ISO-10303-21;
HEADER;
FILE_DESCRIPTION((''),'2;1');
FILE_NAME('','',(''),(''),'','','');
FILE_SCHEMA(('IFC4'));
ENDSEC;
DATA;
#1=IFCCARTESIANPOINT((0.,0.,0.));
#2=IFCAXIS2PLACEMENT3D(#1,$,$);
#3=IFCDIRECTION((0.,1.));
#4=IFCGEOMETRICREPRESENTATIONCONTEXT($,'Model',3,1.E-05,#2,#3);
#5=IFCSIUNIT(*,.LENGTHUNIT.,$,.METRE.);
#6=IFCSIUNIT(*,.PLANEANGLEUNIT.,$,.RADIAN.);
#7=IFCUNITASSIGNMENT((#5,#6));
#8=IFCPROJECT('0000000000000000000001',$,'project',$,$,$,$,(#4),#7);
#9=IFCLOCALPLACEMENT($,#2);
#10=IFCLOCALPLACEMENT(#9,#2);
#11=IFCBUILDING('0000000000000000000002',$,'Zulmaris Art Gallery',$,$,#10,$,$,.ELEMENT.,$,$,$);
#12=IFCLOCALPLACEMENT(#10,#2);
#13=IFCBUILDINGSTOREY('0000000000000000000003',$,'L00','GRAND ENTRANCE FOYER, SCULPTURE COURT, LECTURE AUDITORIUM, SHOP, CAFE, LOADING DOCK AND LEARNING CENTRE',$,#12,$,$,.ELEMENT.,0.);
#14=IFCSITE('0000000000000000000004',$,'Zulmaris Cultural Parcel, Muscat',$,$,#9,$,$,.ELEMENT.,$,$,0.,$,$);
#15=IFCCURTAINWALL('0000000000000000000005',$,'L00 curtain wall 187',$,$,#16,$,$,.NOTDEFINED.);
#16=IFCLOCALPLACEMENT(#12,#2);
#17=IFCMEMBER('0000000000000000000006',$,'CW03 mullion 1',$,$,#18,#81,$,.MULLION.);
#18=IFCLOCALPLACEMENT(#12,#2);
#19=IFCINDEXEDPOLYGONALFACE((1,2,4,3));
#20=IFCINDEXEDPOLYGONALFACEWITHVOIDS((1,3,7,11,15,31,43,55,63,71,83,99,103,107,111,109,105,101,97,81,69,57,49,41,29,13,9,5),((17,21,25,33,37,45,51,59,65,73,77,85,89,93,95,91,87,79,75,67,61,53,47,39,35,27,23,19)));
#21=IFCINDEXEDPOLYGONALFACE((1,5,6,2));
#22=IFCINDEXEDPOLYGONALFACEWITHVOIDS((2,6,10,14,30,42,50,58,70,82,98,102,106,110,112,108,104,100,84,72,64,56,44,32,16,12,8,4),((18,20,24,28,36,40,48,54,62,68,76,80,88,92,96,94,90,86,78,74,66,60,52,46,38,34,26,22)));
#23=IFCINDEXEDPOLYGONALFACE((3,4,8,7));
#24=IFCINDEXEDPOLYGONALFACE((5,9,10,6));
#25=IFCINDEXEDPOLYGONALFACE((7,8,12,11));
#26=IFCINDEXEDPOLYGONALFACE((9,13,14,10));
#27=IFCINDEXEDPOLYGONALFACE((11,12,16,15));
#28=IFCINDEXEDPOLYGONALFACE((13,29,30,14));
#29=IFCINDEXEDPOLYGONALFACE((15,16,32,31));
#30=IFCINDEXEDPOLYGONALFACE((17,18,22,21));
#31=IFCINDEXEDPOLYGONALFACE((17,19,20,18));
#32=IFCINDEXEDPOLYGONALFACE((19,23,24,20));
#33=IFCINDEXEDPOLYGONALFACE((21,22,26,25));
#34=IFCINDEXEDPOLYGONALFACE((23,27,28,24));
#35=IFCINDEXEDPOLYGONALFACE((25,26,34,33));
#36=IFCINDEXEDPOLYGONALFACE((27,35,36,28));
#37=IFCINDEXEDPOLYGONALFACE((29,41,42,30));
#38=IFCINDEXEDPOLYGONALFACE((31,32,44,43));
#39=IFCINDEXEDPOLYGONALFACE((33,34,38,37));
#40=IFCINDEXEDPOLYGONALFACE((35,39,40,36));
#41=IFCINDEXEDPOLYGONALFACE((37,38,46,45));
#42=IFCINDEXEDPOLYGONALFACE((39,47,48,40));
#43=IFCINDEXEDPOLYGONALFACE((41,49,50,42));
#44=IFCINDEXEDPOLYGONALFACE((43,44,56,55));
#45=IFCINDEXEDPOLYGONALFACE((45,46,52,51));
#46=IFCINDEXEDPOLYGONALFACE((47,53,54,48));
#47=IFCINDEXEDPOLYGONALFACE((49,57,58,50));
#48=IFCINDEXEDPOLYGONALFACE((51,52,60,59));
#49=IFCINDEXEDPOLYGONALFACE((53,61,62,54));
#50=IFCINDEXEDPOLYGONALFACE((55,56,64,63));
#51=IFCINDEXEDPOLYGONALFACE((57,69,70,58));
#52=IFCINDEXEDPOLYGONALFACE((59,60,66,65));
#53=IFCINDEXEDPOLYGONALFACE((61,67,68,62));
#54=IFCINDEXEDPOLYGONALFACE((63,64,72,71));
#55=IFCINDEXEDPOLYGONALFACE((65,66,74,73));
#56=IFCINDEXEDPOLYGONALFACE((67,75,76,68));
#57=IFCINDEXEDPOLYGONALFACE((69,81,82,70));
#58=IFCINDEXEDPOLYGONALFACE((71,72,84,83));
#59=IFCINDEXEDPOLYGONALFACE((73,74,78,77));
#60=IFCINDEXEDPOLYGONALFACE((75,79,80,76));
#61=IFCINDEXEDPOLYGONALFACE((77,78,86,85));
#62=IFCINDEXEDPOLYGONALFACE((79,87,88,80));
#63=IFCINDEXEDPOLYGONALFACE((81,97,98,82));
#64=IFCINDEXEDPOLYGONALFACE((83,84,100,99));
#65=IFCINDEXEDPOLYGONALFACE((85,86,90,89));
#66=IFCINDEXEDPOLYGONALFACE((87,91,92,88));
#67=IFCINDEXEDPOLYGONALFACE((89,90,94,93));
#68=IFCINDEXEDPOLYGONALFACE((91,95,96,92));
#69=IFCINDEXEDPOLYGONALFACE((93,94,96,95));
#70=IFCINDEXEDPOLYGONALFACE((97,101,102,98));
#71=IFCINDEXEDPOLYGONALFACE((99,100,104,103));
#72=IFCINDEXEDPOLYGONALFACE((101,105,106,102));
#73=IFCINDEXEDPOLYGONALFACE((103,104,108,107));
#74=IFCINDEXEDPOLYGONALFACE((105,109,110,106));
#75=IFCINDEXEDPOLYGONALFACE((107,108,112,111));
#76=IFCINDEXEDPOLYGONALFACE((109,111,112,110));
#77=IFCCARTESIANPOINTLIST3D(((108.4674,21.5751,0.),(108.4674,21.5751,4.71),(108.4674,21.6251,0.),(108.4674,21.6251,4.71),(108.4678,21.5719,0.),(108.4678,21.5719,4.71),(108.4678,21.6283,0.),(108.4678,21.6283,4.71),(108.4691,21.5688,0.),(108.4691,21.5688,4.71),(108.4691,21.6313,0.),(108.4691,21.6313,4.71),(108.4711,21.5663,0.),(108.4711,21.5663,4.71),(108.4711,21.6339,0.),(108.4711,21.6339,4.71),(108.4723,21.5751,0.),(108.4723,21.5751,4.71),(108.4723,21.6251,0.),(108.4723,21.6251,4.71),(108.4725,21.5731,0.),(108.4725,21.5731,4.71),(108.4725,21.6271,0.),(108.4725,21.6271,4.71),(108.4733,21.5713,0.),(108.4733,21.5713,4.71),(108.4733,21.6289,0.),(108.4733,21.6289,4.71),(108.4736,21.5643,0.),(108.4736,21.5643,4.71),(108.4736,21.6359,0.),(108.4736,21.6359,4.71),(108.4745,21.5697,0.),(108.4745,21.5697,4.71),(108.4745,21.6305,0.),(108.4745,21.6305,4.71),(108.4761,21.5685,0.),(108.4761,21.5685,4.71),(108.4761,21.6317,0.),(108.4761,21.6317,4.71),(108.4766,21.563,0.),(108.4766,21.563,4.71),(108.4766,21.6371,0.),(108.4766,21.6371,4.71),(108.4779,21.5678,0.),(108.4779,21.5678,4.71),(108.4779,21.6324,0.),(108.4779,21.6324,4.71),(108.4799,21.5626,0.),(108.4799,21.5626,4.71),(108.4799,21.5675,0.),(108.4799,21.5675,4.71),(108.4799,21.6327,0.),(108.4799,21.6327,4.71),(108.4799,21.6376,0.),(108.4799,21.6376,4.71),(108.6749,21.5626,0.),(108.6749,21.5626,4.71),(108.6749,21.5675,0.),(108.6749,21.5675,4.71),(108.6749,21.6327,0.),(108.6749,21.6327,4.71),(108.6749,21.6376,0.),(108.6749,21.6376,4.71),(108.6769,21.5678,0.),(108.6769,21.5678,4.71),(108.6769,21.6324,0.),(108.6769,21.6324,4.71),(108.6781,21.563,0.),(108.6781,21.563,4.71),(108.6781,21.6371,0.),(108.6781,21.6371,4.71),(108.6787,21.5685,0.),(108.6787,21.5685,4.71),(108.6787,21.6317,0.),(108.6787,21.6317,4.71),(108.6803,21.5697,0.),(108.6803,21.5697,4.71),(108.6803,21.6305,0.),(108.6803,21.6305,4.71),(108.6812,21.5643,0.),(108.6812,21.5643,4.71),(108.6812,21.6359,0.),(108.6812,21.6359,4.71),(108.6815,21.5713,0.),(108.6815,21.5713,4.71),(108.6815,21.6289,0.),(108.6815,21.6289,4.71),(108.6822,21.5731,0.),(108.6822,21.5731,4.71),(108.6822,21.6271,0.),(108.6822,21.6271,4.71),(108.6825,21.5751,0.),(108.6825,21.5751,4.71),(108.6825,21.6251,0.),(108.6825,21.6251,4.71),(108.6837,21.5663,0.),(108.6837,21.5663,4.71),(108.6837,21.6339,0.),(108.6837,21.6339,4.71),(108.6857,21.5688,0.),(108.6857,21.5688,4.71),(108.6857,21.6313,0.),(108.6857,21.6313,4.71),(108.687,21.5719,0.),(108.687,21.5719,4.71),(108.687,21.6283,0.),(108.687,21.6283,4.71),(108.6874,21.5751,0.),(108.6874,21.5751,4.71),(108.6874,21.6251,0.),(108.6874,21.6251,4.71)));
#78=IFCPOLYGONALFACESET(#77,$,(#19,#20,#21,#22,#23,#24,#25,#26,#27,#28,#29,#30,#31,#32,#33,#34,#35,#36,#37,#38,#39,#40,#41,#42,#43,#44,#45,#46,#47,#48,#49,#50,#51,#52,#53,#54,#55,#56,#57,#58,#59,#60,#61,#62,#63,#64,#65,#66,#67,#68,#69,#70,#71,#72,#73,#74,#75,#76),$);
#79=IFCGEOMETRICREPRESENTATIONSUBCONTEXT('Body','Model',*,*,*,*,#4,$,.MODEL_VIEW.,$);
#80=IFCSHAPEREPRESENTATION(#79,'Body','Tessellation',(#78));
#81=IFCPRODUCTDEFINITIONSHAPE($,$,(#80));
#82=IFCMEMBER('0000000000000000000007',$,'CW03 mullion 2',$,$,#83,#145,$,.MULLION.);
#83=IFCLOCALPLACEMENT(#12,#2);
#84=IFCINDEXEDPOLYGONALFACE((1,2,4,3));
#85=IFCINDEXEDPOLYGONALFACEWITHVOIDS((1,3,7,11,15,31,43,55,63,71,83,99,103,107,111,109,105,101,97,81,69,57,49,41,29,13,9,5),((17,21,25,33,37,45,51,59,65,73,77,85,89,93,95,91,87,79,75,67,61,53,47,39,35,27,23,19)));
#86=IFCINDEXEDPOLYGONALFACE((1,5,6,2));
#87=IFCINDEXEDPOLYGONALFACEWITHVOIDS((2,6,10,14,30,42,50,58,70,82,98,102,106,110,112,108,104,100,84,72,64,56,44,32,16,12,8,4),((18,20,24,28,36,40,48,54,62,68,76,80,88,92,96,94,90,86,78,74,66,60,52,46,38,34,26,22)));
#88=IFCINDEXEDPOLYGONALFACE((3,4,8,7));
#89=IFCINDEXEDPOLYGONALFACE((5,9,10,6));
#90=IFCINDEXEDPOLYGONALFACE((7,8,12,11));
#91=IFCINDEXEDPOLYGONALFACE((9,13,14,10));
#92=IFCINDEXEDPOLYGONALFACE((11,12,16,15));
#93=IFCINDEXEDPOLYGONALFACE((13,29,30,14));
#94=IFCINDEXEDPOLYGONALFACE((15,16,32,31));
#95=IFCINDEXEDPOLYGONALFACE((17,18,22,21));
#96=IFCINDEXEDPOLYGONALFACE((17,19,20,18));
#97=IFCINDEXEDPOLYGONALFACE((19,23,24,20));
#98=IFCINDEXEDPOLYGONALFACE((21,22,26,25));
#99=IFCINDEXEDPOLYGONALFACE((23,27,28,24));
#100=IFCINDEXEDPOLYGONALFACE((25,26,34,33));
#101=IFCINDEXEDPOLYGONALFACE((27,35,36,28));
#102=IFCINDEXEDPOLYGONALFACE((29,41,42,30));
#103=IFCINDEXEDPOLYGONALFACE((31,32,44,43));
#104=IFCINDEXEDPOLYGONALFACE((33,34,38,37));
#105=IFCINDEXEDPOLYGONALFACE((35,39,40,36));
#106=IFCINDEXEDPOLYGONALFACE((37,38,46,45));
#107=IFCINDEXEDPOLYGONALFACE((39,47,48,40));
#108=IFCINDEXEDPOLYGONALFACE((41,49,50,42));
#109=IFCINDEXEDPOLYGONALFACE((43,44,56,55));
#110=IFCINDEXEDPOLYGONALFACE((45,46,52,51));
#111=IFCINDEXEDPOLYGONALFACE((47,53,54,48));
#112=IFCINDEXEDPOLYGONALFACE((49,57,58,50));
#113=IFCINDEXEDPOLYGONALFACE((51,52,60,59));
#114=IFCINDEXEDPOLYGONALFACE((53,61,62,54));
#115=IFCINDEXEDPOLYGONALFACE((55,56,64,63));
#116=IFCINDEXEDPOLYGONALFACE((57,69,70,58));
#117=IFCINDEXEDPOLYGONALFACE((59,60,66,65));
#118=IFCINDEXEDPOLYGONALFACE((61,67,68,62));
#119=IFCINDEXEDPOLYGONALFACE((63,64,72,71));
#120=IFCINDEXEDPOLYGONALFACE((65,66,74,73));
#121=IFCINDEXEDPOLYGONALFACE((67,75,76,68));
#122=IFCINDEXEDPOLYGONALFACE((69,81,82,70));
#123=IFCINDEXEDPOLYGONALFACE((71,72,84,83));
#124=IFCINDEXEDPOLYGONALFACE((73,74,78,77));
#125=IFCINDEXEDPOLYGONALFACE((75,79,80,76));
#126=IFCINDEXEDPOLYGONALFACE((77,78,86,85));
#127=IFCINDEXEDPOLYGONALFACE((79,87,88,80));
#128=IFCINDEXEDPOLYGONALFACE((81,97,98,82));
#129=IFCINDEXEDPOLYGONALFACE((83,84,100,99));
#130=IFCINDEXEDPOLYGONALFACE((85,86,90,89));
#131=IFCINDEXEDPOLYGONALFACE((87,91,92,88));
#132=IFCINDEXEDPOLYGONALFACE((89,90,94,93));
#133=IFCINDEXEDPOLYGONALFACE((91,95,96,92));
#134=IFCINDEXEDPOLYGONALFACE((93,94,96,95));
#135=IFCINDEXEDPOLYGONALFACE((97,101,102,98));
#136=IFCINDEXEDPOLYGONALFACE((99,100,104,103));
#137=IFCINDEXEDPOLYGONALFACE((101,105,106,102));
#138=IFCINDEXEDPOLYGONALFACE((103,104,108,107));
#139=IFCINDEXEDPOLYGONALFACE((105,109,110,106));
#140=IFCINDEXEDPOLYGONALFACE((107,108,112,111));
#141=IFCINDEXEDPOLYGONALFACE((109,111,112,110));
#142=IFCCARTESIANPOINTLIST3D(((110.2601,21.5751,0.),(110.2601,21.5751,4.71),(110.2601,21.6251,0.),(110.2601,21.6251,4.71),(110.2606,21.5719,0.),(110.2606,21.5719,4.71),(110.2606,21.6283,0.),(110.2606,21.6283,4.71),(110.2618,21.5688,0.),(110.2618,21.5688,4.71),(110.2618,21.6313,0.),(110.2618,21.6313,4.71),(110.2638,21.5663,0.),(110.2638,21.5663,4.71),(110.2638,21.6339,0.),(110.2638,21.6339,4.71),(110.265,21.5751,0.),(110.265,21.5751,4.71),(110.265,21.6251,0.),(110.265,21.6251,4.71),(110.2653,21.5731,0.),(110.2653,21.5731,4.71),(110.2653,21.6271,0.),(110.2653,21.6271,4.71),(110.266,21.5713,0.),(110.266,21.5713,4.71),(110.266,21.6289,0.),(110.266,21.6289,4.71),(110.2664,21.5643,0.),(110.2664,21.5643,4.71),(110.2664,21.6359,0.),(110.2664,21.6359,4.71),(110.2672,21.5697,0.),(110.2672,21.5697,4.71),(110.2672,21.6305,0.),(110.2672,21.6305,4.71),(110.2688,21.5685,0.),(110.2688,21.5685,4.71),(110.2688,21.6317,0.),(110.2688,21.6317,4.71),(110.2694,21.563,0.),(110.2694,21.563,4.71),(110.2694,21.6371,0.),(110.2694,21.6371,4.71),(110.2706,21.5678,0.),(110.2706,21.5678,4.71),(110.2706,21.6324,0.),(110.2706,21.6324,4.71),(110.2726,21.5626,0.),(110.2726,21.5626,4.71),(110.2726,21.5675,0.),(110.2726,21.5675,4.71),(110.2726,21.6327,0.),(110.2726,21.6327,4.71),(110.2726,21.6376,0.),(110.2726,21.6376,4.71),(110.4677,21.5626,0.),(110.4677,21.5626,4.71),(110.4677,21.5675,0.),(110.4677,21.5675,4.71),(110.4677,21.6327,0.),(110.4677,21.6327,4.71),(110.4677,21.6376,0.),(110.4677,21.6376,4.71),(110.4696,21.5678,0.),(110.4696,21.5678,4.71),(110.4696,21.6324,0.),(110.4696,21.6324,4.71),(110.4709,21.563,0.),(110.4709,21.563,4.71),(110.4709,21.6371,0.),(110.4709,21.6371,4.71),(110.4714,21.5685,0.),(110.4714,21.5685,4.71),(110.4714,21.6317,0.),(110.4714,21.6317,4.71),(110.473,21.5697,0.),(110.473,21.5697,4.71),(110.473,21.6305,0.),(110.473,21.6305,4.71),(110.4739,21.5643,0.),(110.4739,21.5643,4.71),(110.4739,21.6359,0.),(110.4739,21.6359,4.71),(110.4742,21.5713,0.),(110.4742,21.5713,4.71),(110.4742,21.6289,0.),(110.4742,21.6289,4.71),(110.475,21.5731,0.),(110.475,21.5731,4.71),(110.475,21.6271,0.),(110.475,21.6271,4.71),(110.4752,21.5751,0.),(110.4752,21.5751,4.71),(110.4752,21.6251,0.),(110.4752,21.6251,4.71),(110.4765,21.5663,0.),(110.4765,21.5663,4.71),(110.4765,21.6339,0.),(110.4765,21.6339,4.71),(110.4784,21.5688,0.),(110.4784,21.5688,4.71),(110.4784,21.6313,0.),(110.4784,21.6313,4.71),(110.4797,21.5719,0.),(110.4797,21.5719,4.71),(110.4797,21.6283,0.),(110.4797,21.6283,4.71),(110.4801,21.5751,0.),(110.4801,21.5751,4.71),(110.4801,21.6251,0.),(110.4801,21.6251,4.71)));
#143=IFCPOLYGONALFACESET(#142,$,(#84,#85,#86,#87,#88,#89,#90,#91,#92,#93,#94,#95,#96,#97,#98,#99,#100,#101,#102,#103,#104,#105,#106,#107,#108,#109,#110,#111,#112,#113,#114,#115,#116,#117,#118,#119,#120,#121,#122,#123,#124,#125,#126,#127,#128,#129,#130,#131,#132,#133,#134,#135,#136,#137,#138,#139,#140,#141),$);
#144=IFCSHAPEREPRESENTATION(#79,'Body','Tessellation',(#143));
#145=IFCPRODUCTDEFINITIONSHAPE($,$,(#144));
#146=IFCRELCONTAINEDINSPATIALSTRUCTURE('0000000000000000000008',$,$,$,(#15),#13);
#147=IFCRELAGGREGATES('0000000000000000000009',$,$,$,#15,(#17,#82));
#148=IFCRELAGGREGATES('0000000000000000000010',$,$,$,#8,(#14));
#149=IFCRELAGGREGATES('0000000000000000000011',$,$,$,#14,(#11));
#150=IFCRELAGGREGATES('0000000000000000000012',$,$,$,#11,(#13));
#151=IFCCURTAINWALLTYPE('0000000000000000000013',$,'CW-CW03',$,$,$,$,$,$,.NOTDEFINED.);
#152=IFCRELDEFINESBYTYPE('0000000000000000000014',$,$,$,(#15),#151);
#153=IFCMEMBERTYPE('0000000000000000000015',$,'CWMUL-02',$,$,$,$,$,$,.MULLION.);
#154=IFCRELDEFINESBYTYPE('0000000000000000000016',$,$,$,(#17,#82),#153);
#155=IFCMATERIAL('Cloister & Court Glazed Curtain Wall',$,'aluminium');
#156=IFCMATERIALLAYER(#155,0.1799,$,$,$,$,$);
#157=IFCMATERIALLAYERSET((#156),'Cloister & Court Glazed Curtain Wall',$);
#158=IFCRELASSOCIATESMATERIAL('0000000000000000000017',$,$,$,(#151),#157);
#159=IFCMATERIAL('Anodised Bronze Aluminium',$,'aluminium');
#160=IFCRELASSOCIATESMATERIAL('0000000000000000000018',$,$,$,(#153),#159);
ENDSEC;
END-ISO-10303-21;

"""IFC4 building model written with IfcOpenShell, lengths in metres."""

from ifc_helpers import new_model, si_unit, direction, frame, origin, origin_2d, place, context, subcontext, project, spatial, hollow_rectangle, extrude, material, layer, layer_set, material_profile, profile_set, type_object, element, aggregate, save


model = new_model("IFC4")

# Units and contexts
model_context = context("Model", 3, precision=1e-05, world=origin(), true_north=direction((0.0, 1.0)))
body_context = subcontext(model_context, "Body", "Model", "MODEL_VIEW")
ifc_project = project(units=[si_unit("LENGTHUNIT", "METRE"), si_unit("PLANEANGLEUNIT", "RADIAN")], contexts=[model_context])

# Site, building, storey
site_placement = place(None, origin())
site = spatial("IfcSite", under=ifc_project, at=site_placement, Name="Zulmaris Cultural Parcel, Muscat", CompositionType="ELEMENT", RefElevation=0.0)
building_placement = place(site_placement, origin())
building = spatial("IfcBuilding", under=site, at=building_placement, Name="Zulmaris Art Gallery", CompositionType="ELEMENT")
storey_placement = place(building_placement, origin())
storey = spatial("IfcBuildingStorey", under=building, at=storey_placement, Name="L00", Description="GRAND ENTRANCE FOYER, SCULPTURE COURT, LECTURE AUDITORIUM, SHOP, CAFE, LOADING DOCK AND LEARNING CENTRE", CompositionType="ELEMENT", Elevation=0.0)

# Shared definitions
ifc_material_1 = material(Name="Cloister & Court Glazed Curtain Wall", Category="aluminium")
ifc_layer_1 = layer(ifc_material_1, 0.1799)
ifc_layer_set_1 = layer_set([ifc_layer_1], Name="Cloister & Court Glazed Curtain Wall")
curtain_wall_type = type_object("IfcCurtainWallType", Name="CW-CW03", PredefinedType="NOTDEFINED", material=ifc_layer_set_1)
ifc_material_2 = material(Name="Anodised Bronze Aluminium", Category="aluminium")
ifc_material_profile_1 = material_profile(ifc_material_2, hollow_rectangle(XDim=0.075, YDim=0.22, WallThickness=0.0049, InnerFilletRadius=0.0076, OuterFilletRadius=0.0125, at=origin_2d()), Name="ALU 75x220x5")
ifc_profile_set_1 = profile_set([ifc_material_profile_1], Name="Anodised Bronze Aluminium")
member_type_1 = type_object("IfcMemberType", Name="CWMUL-02", PredefinedType="MULLION", material=ifc_profile_set_1)

# Curtain wall, members
curtain_wall_1_placement = place(storey_placement, origin())
curtain_wall_1 = element("IfcCurtainWall", 1, at=curtain_wall_1_placement, inside=storey, type_object=curtain_wall_type, Name="L00 curtain wall 187", PredefinedType="NOTDEFINED")
member_1_placement = place(storey_placement, frame((108.5774, 21.6001, 0.0), z_axis=(0.0, 0.0, 1.0), x_axis=(0.0, 1.0, 0.0)))
member_1 = element("IfcMember", 2, at=member_1_placement, type_object=member_type_1, Name="CW03 mullion 1", PredefinedType="MULLION", context=body_context, shape_type="SweptSolid", body=[
    extrude(hollow_rectangle(XDim=0.075, YDim=0.22, WallThickness=0.0049, InnerFilletRadius=0.0076, OuterFilletRadius=0.0125, at=origin_2d()), origin(), (0.0, 0.0, 1.0), 4.71),
])
member_2_placement = place(storey_placement, frame((110.3701, 21.6001, 0.0), z_axis=(0.0, 0.0, 1.0), x_axis=(0.0, 1.0, 0.0)))
member_2 = element("IfcMember", 3, at=member_2_placement, type_object=member_type_1, Name="CW03 mullion 2", PredefinedType="MULLION", context=body_context, shape_type="SweptSolid", body=[
    extrude(hollow_rectangle(XDim=0.075, YDim=0.22, WallThickness=0.0049, InnerFilletRadius=0.0076, OuterFilletRadius=0.0125, at=origin_2d()), origin(), (0.0, 0.0, 1.0), 4.71),
])

aggregate(curtain_wall_1, [member_1, member_2])

save(model, "model.ifc")
